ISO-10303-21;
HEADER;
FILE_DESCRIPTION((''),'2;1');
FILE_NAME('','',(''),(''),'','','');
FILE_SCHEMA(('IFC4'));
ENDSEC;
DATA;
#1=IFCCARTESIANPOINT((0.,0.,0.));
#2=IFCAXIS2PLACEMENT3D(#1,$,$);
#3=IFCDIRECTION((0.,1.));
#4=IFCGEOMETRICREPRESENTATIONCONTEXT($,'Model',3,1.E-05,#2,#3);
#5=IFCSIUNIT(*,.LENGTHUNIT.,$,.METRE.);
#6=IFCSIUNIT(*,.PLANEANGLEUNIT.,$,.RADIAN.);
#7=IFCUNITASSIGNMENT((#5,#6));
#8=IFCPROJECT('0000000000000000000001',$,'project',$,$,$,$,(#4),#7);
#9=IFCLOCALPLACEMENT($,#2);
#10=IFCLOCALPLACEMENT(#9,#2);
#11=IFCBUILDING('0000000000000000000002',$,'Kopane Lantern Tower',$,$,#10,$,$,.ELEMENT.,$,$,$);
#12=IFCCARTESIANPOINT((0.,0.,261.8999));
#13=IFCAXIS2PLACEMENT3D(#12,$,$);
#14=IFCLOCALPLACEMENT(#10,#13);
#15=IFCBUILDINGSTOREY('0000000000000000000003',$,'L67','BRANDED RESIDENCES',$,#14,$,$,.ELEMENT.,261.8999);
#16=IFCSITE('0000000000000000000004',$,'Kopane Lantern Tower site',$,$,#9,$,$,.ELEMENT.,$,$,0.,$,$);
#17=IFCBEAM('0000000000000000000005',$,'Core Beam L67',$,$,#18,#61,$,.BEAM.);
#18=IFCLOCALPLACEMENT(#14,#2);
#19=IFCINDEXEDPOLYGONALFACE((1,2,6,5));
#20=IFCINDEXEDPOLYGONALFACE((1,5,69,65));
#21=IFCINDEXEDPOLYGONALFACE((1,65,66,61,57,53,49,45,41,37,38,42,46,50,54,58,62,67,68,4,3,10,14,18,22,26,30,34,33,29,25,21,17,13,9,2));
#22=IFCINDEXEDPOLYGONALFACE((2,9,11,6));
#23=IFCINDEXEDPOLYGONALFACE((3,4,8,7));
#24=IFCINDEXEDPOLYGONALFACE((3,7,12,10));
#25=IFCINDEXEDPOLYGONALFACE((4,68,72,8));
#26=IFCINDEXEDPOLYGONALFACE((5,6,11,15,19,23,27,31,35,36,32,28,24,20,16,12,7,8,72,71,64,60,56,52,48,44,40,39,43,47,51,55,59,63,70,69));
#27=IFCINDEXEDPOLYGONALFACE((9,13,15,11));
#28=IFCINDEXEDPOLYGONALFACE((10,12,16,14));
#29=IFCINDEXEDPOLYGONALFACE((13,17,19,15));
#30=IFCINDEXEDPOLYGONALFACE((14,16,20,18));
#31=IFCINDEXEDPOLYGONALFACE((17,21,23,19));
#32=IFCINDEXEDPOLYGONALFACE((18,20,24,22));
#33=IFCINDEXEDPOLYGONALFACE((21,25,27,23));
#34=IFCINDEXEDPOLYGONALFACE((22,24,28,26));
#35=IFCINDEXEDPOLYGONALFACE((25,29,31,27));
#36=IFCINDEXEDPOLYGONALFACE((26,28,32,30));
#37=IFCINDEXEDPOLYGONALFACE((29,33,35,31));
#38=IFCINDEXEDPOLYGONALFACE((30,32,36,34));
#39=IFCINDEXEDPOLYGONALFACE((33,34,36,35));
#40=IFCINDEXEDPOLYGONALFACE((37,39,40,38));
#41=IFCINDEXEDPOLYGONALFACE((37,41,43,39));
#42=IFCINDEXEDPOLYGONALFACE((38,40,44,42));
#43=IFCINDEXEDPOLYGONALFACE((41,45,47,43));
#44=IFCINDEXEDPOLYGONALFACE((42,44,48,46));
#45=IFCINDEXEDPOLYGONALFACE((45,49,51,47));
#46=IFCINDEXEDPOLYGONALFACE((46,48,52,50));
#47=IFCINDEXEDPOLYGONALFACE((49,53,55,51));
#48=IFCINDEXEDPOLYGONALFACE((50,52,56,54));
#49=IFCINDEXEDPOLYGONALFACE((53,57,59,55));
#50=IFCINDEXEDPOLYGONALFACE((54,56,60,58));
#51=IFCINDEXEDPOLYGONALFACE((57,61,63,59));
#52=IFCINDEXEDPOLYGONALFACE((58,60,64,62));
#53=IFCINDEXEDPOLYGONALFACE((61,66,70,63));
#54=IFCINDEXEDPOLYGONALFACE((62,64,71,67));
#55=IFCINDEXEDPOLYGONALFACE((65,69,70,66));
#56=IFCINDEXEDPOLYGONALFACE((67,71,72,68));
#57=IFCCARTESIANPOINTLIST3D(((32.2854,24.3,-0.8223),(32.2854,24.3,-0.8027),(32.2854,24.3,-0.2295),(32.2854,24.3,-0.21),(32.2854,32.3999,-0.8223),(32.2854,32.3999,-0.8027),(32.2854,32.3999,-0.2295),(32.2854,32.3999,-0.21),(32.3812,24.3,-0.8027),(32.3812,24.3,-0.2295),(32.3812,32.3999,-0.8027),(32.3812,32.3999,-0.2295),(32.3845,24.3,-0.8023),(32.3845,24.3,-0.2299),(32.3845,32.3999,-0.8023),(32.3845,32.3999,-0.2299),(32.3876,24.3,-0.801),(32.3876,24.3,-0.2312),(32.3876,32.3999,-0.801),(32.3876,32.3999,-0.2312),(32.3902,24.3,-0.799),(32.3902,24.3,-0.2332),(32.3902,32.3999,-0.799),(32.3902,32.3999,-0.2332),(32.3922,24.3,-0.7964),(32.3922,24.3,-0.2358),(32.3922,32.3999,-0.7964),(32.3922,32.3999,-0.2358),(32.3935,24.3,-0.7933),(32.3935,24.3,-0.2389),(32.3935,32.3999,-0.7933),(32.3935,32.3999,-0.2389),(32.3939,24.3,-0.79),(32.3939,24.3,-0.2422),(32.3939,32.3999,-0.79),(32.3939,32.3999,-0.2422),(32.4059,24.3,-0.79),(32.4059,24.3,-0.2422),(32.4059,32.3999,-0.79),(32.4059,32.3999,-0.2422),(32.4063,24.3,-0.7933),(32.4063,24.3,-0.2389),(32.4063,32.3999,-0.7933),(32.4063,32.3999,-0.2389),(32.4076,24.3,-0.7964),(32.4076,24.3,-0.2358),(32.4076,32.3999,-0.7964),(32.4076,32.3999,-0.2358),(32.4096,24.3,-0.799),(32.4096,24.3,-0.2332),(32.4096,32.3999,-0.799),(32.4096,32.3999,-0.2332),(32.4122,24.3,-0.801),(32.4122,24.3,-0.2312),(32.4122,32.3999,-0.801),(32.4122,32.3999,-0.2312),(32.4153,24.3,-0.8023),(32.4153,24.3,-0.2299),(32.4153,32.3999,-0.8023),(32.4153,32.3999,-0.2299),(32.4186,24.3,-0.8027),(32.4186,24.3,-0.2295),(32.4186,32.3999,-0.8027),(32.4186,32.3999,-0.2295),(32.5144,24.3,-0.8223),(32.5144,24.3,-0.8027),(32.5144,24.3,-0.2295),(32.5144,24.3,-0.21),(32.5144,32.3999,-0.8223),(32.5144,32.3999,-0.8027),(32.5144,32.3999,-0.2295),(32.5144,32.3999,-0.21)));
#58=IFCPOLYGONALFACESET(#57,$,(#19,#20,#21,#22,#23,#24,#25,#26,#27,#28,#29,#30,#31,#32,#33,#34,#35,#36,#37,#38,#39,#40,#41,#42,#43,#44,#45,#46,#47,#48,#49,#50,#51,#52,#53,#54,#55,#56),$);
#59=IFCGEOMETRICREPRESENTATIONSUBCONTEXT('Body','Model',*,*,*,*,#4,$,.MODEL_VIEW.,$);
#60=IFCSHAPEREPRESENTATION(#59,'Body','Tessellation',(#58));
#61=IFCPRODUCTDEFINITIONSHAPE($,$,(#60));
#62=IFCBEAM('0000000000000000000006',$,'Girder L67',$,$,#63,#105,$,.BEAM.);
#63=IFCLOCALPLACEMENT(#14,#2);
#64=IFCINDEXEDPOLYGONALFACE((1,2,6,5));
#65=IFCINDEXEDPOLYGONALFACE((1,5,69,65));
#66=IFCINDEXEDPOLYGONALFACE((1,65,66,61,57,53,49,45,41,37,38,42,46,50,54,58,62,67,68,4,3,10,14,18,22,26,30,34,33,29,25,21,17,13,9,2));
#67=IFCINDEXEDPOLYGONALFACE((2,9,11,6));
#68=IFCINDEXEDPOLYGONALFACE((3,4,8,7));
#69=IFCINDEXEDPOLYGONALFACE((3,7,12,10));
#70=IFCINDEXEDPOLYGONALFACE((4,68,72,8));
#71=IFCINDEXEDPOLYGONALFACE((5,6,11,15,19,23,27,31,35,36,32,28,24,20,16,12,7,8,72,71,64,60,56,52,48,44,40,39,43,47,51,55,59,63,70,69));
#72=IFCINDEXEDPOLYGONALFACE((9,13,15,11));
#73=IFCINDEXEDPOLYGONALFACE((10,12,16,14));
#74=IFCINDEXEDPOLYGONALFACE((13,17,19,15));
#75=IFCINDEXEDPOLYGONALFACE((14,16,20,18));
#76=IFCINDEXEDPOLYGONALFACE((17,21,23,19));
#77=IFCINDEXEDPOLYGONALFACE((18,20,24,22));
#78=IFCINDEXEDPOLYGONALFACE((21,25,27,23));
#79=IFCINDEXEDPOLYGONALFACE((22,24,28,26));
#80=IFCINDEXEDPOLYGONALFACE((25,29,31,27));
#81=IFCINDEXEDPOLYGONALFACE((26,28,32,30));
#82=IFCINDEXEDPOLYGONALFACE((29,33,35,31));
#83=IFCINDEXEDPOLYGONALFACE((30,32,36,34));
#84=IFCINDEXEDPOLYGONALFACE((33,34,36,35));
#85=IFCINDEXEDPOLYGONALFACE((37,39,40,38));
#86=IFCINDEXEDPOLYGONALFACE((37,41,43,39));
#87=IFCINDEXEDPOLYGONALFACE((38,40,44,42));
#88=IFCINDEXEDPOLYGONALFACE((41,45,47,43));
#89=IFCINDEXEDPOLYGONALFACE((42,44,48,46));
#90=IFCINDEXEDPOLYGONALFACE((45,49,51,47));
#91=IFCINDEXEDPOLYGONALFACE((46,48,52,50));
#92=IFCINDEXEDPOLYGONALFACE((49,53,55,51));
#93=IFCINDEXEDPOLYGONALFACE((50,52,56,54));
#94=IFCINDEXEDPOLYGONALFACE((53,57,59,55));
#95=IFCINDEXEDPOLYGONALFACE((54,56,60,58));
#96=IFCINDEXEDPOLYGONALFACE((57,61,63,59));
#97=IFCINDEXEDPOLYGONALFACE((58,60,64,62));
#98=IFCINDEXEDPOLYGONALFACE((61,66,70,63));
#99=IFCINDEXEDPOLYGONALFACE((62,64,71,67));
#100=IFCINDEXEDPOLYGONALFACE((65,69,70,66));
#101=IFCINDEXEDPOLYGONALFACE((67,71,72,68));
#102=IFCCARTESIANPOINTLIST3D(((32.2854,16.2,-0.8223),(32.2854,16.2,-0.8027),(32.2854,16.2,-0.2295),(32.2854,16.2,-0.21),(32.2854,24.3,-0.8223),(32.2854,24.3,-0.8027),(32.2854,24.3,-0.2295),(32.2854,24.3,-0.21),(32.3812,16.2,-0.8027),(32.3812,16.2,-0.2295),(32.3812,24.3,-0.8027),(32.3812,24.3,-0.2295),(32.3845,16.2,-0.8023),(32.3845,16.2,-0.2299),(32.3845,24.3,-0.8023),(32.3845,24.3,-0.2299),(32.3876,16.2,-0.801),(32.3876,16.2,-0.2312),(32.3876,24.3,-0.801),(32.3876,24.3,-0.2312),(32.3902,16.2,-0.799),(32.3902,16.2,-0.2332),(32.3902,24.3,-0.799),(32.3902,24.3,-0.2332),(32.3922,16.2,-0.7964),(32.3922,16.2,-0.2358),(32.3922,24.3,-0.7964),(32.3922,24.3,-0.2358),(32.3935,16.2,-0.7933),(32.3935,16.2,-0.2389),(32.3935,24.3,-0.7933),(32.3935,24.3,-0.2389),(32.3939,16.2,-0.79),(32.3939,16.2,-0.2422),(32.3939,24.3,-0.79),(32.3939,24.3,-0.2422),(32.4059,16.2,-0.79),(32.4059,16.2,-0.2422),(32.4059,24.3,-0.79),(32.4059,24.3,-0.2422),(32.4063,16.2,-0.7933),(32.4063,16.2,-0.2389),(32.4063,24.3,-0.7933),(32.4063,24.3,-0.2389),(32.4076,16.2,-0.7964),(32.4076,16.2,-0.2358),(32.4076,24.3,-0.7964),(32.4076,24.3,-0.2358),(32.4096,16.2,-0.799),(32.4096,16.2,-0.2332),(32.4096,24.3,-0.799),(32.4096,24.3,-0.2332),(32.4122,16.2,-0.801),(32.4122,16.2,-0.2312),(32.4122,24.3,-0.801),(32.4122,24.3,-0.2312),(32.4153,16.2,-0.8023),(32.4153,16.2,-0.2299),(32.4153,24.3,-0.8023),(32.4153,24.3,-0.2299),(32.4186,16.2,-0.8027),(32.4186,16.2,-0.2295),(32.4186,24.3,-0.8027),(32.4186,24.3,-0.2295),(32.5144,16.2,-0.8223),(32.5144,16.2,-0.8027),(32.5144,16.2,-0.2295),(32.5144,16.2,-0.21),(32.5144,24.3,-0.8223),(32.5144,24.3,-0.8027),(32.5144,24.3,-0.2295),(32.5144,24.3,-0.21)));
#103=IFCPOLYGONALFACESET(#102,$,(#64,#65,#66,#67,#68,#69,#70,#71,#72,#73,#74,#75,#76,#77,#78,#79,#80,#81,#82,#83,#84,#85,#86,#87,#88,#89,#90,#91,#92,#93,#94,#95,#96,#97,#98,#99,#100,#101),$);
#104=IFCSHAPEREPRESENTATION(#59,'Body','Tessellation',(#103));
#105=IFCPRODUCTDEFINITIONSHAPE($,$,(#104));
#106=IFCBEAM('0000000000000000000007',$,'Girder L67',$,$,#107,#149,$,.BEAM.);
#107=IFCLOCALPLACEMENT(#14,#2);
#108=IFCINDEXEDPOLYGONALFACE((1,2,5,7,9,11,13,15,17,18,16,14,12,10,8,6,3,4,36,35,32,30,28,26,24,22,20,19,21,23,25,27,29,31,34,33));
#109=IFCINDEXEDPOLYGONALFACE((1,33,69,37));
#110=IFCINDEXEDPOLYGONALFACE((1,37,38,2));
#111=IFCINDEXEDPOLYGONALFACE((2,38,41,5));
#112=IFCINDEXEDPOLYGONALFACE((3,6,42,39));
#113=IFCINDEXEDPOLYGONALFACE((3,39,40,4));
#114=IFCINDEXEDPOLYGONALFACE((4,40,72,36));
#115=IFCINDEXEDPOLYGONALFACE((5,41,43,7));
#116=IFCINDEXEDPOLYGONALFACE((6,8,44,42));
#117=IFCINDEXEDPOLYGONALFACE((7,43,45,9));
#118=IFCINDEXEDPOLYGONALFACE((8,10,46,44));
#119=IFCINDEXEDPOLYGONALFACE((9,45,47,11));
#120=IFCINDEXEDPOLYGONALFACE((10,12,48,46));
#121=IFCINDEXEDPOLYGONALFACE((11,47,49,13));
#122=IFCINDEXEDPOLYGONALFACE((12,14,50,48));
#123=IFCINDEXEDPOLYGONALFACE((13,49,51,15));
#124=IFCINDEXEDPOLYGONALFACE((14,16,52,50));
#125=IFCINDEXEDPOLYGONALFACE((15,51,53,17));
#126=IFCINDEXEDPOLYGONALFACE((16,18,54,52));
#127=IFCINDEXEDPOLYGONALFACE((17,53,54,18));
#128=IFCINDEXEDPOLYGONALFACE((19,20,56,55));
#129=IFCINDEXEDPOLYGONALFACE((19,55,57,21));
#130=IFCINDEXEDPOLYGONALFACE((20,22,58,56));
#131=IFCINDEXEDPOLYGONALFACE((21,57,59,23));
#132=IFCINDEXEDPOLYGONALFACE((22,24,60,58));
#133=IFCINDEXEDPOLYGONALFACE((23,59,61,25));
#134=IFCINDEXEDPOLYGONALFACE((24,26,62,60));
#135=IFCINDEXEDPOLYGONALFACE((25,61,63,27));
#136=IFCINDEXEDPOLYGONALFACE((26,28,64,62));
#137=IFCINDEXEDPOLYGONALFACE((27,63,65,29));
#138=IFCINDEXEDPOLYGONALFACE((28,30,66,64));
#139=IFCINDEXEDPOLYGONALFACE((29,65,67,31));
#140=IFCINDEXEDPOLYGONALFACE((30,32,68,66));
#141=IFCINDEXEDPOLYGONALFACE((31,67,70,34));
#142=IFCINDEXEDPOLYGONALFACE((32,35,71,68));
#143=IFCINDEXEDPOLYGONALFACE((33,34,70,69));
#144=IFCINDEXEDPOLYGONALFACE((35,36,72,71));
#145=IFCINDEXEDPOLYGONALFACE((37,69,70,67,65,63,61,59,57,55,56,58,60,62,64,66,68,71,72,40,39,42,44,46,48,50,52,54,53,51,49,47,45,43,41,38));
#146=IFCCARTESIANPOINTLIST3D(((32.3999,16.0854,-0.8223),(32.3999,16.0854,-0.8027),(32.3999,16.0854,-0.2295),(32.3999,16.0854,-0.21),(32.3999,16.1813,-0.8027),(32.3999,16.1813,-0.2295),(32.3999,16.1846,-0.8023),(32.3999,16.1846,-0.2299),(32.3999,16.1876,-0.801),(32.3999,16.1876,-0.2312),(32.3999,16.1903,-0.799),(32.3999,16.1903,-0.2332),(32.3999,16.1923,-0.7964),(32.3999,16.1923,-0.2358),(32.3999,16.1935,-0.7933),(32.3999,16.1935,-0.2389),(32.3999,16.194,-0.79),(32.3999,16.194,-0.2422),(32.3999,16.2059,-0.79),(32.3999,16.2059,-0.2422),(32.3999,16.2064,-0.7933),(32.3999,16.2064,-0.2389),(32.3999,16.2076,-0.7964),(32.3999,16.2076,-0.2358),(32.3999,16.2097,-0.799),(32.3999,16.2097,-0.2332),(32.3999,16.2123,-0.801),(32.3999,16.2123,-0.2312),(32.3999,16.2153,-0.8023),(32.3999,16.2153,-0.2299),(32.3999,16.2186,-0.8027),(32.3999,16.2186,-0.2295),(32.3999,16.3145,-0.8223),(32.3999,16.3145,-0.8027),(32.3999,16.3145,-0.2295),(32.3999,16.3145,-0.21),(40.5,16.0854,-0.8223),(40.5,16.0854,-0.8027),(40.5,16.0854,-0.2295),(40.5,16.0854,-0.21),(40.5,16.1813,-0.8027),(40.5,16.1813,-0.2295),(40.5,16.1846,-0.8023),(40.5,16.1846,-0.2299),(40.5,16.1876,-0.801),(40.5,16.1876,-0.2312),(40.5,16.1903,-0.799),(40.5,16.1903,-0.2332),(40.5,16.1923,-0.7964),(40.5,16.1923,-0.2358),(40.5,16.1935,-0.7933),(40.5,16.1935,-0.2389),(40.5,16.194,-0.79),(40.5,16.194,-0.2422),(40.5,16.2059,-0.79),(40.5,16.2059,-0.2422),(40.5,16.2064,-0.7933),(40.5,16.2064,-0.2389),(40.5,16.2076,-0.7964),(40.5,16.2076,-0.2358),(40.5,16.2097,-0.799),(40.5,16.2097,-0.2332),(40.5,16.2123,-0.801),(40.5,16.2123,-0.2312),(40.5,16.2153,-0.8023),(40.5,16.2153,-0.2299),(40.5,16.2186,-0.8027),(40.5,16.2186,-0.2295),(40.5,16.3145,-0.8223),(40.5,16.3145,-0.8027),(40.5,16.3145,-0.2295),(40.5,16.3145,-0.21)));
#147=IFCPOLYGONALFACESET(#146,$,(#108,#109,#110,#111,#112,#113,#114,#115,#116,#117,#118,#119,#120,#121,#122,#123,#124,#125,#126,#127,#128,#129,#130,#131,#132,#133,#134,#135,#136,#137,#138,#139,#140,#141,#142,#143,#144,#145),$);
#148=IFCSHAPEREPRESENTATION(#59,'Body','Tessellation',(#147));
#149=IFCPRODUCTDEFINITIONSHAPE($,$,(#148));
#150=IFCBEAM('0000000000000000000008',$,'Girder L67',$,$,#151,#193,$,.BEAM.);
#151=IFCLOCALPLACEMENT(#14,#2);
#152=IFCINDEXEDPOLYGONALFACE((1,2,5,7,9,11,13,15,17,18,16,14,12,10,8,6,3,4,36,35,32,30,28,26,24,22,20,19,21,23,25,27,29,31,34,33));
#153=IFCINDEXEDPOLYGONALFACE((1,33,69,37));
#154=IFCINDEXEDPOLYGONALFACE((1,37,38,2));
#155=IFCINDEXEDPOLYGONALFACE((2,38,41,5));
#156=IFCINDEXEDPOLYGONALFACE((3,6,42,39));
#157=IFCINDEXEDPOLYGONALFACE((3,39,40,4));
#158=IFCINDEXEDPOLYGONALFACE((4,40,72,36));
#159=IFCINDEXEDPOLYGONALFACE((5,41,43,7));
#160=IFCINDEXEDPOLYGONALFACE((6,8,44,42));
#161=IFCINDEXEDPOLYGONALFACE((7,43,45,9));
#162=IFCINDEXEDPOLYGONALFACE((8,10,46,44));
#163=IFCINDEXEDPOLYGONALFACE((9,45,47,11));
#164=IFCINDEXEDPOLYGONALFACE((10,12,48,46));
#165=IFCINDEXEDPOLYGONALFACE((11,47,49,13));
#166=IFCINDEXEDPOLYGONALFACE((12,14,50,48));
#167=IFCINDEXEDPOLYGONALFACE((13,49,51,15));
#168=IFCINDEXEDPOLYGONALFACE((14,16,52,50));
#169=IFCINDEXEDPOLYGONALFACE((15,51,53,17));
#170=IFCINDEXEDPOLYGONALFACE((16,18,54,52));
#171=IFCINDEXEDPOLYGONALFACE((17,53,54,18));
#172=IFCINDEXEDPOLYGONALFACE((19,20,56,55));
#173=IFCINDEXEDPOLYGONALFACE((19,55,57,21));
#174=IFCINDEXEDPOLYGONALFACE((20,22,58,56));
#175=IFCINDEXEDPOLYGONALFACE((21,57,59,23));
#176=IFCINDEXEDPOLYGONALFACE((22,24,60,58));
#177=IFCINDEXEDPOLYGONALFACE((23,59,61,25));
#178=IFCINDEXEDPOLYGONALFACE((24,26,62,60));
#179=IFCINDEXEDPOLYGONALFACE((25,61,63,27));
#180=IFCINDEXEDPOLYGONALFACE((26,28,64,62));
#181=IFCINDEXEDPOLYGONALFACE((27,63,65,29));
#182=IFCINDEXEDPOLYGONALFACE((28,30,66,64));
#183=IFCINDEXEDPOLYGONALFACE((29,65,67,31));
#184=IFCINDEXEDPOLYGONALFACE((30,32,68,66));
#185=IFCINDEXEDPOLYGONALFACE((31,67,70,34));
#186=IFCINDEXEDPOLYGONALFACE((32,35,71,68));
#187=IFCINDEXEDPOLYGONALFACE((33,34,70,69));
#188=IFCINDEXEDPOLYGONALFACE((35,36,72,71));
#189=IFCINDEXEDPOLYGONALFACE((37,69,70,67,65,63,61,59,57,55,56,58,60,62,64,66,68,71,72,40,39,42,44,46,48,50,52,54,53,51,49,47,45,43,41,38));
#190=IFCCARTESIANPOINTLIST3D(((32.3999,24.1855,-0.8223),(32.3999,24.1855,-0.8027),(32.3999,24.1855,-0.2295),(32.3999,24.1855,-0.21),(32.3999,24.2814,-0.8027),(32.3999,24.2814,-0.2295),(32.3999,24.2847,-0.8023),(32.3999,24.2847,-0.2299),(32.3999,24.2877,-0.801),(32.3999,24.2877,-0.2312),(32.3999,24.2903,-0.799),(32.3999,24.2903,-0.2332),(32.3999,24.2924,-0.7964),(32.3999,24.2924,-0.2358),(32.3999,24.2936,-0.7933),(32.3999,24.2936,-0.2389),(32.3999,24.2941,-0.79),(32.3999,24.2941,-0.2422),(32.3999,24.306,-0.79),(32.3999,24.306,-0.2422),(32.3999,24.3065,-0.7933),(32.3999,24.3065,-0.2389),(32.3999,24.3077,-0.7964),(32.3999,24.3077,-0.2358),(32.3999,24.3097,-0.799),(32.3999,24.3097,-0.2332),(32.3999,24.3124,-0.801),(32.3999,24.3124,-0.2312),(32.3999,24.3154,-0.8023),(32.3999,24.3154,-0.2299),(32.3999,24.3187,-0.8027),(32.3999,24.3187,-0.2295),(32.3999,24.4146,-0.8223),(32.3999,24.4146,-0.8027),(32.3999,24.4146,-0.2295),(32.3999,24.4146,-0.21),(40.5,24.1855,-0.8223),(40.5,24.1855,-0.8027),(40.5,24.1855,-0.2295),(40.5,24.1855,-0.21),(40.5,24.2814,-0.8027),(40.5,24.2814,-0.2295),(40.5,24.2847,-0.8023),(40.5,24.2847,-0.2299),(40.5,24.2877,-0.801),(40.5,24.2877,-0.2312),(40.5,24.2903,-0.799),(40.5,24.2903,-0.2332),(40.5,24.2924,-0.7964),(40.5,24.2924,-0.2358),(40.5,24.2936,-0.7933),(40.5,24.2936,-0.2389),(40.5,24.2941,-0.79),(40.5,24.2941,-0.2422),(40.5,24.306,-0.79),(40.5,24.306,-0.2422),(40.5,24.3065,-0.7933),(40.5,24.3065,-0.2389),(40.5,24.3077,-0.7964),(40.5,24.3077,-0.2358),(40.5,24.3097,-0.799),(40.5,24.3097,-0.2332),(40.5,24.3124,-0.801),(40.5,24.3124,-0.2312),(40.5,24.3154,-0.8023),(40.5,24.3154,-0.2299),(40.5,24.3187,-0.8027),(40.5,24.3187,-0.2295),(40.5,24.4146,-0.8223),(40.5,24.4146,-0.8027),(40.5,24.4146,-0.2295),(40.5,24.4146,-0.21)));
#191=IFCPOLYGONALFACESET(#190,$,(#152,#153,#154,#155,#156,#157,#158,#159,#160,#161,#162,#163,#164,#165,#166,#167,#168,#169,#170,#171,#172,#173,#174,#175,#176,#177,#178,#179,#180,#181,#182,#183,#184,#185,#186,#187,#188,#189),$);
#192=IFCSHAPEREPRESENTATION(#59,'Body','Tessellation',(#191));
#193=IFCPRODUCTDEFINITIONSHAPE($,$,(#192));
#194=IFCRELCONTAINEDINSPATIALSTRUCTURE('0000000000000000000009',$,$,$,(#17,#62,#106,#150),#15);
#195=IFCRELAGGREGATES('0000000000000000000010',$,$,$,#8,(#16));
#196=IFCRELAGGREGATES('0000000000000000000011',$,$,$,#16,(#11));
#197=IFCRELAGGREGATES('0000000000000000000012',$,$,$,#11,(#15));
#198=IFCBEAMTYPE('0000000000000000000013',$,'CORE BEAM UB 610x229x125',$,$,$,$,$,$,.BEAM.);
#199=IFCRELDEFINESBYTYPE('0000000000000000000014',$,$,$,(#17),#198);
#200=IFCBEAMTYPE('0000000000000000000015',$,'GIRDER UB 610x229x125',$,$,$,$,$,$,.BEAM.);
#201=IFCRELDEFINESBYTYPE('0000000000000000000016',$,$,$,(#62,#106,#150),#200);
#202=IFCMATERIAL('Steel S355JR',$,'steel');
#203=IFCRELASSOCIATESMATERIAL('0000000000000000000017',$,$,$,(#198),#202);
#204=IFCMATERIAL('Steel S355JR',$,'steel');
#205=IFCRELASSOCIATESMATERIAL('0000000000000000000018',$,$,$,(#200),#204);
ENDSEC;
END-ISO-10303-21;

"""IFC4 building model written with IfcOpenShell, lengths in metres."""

from ifc_helpers import new_model, si_unit, direction, frame, origin, origin_2d, place, context, subcontext, project, spatial, i_section, extrude, material, material_profile, profile_set, type_object, element, save


model = new_model("IFC4")

# Units and contexts
model_context = context("Model", 3, precision=1e-05, world=origin(), true_north=direction((0.0, 1.0)))
body_context = subcontext(model_context, "Body", "Model", "MODEL_VIEW")
ifc_project = project(units=[si_unit("LENGTHUNIT", "METRE"), si_unit("PLANEANGLEUNIT", "RADIAN")], contexts=[model_context])

# Site, building, storey
site_placement = place(None, origin())
site = spatial("IfcSite", under=ifc_project, at=site_placement, Name="Kopane Lantern Tower site", CompositionType="ELEMENT", RefElevation=0.0)
building_placement = place(site_placement, origin())
building = spatial("IfcBuilding", under=site, at=building_placement, Name="Kopane Lantern Tower", CompositionType="ELEMENT")
storey_placement = place(building_placement, frame((0.0, 0.0, 261.8999)))
storey = spatial("IfcBuildingStorey", under=building, at=storey_placement, Name="L67", Description="BRANDED RESIDENCES", CompositionType="ELEMENT", Elevation=261.8999)

# Beams
ifc_material_1 = material(Name="Steel S355JR", Category="steel")
ifc_material_profile_1 = material_profile(ifc_material_1, i_section(OverallWidth=0.229, OverallDepth=0.6123, WebThickness=0.012, FlangeThickness=0.0195, FilletRadius=0.0127, at=origin_2d()), Name="UB 610x229x125")
ifc_profile_set_1 = profile_set([ifc_material_profile_1], Name="Steel S355JR")
beam_type_1 = type_object("IfcBeamType", Name="CORE BEAM UB 610x229x125", PredefinedType="BEAM", material=ifc_profile_set_1)
beam_1_placement = place(storey_placement, frame((32.3999, 24.3, -0.5161), z_axis=(0.0, 1.0, 0.0), x_axis=(-1.0, 0.0, 0.0)))
element("IfcBeam", 1, at=beam_1_placement, inside=storey, type_object=beam_type_1, Name="Core Beam L67", PredefinedType="BEAM", context=body_context, shape_type="SweptSolid", body=[
    extrude(i_section(OverallWidth=0.229, OverallDepth=0.6123, WebThickness=0.012, FlangeThickness=0.0195, FilletRadius=0.0127, at=origin_2d()), origin(), (0.0, 0.0, 1.0), 8.0999),
])
ifc_material_2 = material(Name="Steel S355JR", Category="steel")
ifc_material_profile_2 = material_profile(ifc_material_2, i_section(OverallWidth=0.229, OverallDepth=0.6123, WebThickness=0.012, FlangeThickness=0.0195, FilletRadius=0.0127, at=origin_2d()), Name="UB 610x229x125")
ifc_profile_set_2 = profile_set([ifc_material_profile_2], Name="Steel S355JR")
beam_type_2 = type_object("IfcBeamType", Name="GIRDER UB 610x229x125", PredefinedType="BEAM", material=ifc_profile_set_2)
for number, where, z_axis, x_axis, name in (
    (2, (32.3999, 16.2, -0.5161), (0.0, 1.0, 0.0), (-1.0, 0.0, 0.0), "Girder L67"),
    (3, (32.3999, 16.2, -0.5161), (1.0, 0.0, 0.0), (0.0, 1.0, 0.0), "Girder L67"),
    (4, (32.3999, 24.3, -0.5161), (1.0, 0.0, 0.0), (0.0, 1.0, 0.0), "Girder L67"),
):
    element("IfcBeam", number, at=place(storey_placement, frame(where, z_axis=z_axis, x_axis=x_axis)), inside=storey, type_object=beam_type_2, Name=name, PredefinedType="BEAM", context=body_context, shape_type="SweptSolid", body=[
        extrude(i_section(OverallWidth=0.229, OverallDepth=0.6123, WebThickness=0.012, FlangeThickness=0.0195, FilletRadius=0.0127, at=origin_2d()), origin(), (0.0, 0.0, 1.0), 8.1001),
    ])

save(model, "model.ifc")
